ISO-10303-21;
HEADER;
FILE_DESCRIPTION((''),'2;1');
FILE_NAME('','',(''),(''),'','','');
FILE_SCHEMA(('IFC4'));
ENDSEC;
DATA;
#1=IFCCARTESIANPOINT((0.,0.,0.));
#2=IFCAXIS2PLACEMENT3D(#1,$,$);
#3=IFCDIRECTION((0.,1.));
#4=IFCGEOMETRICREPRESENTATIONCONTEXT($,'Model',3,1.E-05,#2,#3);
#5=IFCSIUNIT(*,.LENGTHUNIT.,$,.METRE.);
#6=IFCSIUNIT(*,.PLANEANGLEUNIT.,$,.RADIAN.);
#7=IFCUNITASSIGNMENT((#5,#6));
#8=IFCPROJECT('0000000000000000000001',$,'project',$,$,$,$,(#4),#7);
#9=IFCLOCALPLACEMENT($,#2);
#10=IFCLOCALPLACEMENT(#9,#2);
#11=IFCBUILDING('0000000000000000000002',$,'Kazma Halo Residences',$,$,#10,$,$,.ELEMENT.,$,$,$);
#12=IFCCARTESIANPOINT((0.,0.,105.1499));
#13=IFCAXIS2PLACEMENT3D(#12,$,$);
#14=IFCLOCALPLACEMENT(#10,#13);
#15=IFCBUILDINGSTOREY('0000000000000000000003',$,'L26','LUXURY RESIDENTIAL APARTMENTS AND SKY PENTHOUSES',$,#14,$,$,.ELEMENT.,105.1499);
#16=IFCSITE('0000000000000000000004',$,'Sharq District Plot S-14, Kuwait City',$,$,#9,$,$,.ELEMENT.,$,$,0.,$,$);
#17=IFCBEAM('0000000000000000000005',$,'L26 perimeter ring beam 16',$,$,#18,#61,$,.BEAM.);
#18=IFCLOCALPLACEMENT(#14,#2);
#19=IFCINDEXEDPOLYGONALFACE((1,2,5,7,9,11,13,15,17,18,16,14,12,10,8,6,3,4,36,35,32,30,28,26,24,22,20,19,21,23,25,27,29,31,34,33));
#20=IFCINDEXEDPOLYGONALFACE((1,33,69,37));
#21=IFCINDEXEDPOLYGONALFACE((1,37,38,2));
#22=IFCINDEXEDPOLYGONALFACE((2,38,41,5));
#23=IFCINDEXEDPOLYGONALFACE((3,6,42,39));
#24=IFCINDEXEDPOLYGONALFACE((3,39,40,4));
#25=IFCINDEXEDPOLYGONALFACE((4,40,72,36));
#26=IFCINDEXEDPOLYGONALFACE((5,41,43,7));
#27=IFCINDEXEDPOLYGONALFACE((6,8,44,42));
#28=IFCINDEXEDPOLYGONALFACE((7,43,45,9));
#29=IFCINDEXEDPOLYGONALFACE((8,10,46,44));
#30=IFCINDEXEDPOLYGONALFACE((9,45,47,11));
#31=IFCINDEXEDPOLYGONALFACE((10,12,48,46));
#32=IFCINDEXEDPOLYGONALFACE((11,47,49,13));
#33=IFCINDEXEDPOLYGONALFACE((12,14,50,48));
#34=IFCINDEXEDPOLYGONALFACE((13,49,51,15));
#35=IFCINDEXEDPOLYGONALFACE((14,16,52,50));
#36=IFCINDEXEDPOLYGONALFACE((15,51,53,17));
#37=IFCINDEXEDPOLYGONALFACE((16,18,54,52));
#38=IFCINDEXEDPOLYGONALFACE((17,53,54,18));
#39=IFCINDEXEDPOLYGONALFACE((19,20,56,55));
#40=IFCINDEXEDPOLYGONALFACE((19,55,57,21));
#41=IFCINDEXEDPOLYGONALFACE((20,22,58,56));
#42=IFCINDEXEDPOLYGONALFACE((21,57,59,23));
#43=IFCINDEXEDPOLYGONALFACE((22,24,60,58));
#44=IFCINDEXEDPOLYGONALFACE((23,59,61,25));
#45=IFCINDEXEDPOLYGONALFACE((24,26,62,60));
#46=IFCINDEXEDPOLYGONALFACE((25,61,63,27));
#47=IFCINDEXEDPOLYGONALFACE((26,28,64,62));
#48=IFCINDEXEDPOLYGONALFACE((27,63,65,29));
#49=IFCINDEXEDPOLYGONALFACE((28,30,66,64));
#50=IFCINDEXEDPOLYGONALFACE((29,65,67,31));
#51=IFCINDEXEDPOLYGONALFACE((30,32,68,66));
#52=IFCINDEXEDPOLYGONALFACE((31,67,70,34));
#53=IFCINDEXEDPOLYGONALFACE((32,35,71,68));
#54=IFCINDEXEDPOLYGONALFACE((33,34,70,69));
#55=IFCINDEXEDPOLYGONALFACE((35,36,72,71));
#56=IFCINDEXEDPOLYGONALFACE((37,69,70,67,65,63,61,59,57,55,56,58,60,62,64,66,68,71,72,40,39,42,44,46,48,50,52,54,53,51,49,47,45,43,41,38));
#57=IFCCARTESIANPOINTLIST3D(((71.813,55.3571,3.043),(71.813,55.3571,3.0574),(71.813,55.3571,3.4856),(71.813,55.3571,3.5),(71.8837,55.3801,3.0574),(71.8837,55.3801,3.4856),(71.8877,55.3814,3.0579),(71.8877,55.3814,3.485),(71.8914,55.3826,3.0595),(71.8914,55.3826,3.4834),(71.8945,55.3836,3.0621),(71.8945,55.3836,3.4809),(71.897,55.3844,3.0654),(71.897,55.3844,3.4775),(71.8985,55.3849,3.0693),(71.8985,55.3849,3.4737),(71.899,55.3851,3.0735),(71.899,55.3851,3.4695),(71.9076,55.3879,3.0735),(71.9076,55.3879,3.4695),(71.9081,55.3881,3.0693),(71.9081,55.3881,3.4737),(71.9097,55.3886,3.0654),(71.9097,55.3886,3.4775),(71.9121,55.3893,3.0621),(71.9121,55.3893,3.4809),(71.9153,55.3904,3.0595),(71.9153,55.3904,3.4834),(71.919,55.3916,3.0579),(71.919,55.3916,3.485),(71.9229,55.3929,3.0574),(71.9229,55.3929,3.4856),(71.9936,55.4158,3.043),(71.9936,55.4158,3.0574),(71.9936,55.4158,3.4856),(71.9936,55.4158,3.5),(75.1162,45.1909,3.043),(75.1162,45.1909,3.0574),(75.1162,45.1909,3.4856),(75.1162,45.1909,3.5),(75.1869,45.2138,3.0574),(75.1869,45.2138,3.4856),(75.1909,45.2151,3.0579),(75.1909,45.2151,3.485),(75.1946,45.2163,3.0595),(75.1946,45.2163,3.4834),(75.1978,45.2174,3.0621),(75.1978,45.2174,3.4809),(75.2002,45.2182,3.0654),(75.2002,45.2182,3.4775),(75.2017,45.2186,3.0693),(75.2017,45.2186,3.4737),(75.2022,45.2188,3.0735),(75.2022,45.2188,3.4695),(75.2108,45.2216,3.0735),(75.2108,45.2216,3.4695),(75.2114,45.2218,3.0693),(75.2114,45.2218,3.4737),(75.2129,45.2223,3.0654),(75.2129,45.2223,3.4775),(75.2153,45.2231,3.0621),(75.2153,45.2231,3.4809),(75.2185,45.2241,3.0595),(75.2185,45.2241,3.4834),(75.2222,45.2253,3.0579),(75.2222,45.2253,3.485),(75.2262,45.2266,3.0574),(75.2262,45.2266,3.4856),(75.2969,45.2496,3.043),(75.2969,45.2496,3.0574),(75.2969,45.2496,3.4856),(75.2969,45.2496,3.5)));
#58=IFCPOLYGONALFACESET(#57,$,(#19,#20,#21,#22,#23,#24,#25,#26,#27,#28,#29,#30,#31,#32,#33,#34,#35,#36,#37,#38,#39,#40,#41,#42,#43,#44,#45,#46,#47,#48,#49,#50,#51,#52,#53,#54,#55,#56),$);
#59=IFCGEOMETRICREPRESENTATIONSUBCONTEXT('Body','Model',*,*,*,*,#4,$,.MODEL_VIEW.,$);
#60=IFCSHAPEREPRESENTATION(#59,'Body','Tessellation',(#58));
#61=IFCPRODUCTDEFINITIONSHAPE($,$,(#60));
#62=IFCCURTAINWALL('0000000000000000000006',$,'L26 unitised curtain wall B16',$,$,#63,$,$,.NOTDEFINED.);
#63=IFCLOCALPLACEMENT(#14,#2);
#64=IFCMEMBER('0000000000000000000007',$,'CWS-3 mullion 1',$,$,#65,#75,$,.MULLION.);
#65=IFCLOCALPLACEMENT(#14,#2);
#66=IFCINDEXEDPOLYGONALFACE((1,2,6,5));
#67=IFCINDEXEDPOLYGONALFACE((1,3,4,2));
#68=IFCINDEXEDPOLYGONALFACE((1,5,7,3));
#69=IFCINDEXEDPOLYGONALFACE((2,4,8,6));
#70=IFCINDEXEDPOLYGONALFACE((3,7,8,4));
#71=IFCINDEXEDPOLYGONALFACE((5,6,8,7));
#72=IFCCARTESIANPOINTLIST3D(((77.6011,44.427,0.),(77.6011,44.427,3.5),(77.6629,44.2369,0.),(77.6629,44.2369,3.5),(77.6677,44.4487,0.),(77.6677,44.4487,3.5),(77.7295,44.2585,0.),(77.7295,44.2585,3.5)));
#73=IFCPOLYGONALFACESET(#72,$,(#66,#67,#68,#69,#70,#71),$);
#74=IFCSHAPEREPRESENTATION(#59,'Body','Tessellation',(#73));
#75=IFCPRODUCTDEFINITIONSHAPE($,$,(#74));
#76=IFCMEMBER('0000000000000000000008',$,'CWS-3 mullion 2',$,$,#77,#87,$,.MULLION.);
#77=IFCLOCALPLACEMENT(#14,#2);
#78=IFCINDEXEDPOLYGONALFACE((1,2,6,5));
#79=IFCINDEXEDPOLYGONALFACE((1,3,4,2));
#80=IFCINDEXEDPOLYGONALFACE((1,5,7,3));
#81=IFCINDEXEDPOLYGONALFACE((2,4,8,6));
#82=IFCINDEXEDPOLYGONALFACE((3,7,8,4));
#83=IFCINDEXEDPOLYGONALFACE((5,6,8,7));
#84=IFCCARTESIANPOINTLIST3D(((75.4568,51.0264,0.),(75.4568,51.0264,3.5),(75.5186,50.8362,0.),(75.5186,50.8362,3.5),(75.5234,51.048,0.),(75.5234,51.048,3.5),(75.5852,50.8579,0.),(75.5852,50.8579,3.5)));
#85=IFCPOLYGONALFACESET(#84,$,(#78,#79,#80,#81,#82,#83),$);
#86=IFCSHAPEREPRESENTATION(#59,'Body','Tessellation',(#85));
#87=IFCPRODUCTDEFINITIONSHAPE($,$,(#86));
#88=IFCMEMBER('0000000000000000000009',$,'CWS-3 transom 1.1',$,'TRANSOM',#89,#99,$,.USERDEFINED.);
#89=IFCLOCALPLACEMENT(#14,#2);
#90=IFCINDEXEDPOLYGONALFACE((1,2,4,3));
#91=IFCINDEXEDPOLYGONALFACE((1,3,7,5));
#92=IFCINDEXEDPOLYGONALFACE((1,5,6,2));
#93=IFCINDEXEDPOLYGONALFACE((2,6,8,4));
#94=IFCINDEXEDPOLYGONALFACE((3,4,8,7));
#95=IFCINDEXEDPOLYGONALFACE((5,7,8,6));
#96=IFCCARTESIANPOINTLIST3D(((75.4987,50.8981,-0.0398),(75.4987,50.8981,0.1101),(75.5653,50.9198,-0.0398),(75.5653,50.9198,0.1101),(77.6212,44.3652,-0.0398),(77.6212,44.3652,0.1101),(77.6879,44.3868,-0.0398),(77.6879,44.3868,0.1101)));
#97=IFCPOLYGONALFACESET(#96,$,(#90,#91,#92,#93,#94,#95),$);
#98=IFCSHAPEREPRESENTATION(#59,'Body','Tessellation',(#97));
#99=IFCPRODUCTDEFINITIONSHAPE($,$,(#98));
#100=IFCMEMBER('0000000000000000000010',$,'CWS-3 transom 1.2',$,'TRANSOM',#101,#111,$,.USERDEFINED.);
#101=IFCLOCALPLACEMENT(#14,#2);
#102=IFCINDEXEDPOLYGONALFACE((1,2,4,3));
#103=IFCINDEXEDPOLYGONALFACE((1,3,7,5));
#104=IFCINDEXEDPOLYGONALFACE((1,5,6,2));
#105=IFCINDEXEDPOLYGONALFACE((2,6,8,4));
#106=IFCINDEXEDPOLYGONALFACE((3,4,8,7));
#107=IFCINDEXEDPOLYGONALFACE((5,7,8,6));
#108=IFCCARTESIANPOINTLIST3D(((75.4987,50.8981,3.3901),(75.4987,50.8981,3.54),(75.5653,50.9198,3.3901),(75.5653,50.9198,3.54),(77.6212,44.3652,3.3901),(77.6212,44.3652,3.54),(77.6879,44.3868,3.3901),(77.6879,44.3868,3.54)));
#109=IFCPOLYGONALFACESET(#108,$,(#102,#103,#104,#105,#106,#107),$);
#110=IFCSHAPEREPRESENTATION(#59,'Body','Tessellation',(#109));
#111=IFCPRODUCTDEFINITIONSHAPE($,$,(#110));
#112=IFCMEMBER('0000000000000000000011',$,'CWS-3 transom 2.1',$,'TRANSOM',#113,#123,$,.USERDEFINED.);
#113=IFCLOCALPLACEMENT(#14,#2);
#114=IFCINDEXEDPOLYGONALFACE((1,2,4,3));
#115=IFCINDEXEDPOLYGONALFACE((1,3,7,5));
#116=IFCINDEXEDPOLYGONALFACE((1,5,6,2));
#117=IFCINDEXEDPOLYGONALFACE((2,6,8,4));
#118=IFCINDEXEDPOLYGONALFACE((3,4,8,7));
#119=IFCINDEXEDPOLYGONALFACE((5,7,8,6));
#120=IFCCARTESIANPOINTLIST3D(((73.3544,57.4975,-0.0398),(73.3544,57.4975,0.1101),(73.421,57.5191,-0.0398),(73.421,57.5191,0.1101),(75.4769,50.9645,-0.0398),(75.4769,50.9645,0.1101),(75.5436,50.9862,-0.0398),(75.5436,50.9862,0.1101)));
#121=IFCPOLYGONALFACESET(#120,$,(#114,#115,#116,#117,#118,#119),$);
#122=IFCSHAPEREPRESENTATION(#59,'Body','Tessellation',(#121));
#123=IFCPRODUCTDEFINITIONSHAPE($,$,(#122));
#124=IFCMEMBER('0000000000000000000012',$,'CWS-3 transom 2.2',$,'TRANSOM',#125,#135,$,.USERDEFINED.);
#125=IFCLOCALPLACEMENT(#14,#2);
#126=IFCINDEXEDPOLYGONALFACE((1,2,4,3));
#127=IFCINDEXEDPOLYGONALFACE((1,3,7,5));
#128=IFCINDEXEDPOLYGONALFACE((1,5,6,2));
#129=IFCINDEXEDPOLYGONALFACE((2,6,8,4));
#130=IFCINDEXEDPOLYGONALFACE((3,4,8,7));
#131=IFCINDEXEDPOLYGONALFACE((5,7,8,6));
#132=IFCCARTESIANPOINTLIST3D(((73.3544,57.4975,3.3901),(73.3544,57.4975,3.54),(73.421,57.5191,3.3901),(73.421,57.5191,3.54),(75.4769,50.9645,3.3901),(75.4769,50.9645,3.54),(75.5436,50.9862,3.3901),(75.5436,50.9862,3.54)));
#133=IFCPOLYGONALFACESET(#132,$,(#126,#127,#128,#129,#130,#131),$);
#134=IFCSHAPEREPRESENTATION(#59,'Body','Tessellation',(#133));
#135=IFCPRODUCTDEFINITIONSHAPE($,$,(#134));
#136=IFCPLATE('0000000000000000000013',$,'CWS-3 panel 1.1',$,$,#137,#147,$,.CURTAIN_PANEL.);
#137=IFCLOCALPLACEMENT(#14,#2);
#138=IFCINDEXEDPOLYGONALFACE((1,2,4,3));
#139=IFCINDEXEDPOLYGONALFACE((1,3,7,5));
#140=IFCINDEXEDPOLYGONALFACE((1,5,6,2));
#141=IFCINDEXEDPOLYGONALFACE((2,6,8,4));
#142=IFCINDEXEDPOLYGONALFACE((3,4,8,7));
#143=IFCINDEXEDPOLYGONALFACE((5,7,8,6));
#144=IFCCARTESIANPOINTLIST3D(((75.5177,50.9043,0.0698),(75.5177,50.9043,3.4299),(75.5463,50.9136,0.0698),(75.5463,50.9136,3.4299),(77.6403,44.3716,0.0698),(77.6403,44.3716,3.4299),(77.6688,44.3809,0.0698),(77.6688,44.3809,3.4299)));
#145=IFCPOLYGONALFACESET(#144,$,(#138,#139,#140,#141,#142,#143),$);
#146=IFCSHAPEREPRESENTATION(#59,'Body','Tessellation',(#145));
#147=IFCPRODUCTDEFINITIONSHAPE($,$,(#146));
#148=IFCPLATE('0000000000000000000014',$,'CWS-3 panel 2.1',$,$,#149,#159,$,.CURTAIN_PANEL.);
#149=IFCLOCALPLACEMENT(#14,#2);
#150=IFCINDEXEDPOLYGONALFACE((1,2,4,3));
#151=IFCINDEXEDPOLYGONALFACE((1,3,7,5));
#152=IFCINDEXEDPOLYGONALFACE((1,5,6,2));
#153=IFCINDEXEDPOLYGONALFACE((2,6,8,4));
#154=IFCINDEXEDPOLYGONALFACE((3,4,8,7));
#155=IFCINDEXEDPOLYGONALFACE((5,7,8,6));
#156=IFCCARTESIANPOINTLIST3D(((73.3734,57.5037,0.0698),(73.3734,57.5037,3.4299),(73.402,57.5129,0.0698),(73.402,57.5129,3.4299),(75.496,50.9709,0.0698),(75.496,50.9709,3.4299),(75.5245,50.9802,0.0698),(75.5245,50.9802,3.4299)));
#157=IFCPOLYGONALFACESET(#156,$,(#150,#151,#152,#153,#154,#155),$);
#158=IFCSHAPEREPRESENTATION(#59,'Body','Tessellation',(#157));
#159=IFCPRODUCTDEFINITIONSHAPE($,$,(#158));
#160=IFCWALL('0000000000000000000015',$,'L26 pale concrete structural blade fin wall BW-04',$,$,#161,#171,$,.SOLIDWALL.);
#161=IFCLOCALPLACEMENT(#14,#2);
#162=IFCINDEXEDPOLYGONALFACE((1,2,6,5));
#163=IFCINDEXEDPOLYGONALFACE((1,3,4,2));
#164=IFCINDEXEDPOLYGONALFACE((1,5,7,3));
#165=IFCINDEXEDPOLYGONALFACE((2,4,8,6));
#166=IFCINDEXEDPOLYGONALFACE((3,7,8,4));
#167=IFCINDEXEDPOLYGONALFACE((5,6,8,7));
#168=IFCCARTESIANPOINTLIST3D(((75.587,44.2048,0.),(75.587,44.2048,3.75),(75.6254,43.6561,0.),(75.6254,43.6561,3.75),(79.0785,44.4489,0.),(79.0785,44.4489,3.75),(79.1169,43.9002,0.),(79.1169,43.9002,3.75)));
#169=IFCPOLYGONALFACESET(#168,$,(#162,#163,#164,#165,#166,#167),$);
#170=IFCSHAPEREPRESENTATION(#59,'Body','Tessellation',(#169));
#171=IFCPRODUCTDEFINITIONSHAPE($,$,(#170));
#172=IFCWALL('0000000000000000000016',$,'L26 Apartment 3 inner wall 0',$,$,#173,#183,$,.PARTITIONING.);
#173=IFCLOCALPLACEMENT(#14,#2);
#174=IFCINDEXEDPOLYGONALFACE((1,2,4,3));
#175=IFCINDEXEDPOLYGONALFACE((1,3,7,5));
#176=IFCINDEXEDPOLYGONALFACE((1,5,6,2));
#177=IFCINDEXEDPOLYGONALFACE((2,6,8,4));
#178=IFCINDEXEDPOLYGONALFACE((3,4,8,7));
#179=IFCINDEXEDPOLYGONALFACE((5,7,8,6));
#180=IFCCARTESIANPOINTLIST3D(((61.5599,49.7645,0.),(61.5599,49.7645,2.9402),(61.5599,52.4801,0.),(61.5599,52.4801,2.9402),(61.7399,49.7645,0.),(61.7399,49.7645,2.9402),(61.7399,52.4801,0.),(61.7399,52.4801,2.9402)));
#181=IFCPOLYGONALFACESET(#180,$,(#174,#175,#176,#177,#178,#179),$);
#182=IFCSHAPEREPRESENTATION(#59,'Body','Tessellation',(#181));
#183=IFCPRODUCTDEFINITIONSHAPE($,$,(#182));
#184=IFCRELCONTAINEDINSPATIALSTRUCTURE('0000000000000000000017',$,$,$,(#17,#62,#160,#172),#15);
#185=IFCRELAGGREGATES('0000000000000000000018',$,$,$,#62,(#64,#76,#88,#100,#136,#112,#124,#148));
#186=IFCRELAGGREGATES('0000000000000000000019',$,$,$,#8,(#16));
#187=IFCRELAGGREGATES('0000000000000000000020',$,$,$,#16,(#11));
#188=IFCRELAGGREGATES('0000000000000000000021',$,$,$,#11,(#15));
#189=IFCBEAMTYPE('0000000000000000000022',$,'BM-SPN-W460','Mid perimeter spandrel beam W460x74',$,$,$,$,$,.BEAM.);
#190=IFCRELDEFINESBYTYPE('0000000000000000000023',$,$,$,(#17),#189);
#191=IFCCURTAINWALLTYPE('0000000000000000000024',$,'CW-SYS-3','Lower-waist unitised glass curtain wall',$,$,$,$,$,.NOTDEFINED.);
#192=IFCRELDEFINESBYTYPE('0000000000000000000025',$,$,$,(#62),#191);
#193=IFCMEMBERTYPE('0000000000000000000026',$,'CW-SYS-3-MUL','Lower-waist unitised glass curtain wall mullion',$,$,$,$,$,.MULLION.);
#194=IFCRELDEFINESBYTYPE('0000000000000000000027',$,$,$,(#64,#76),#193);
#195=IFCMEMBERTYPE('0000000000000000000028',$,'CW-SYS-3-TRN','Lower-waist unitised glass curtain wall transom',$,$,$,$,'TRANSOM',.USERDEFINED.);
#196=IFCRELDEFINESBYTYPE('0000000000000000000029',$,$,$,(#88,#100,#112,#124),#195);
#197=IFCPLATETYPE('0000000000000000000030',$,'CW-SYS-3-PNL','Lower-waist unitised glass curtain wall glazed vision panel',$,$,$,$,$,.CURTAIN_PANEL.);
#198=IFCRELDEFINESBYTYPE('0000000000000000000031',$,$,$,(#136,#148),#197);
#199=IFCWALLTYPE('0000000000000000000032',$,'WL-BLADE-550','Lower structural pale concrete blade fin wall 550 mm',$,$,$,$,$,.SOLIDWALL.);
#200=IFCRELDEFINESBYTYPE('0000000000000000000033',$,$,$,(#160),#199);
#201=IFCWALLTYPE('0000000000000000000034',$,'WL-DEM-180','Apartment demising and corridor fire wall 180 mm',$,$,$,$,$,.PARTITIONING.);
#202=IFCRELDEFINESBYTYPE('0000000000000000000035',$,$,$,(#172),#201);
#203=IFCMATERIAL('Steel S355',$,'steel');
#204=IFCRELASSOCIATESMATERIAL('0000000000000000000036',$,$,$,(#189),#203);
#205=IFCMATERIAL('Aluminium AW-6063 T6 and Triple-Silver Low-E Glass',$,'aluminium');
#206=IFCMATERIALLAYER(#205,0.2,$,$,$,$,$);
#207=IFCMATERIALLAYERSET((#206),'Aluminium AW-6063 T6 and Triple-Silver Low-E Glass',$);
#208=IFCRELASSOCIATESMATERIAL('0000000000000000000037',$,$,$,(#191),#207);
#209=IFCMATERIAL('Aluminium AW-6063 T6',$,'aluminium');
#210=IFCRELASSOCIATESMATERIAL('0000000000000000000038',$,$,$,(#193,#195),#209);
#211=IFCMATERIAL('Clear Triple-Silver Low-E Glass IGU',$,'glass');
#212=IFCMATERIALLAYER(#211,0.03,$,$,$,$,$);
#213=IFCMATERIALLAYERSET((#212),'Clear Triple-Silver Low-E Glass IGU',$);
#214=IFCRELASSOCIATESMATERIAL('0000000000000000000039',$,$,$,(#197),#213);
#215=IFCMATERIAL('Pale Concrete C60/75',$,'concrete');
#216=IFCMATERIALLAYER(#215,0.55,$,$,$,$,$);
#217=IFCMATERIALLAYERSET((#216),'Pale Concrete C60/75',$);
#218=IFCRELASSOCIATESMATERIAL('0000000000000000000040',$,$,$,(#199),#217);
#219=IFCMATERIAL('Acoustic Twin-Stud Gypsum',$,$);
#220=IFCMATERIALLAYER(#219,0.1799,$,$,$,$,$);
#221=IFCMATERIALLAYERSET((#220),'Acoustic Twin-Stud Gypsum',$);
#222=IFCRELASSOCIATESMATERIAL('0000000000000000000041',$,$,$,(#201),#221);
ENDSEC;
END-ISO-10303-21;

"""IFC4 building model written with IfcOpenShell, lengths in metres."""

from ifc_helpers import new_model, si_unit, direction, frame, frame_2d, origin, origin_2d, place, context, subcontext, project, spatial, rectangle, i_section, extrude, material, layer, layer_set, material_profile, profile_set, type_object, element, aggregate, save


model = new_model("IFC4")

# Units and contexts
model_context = context("Model", 3, precision=1e-05, world=origin(), true_north=direction((0.0, 1.0)))
body_context = subcontext(model_context, "Body", "Model", "MODEL_VIEW")
ifc_project = project(units=[si_unit("LENGTHUNIT", "METRE"), si_unit("PLANEANGLEUNIT", "RADIAN")], contexts=[model_context])

# Site, building, storey
site_placement = place(None, origin())
site = spatial("IfcSite", under=ifc_project, at=site_placement, Name="Sharq District Plot S-14, Kuwait City", CompositionType="ELEMENT", RefElevation=0.0)
building_placement = place(site_placement, origin())
building = spatial("IfcBuilding", under=site, at=building_placement, Name="Kazma Halo Residences", CompositionType="ELEMENT")
storey_placement = place(building_placement, frame((0.0, 0.0, 105.1499)))
storey = spatial("IfcBuildingStorey", under=building, at=storey_placement, Name="L26", Description="LUXURY RESIDENTIAL APARTMENTS AND SKY PENTHOUSES", CompositionType="ELEMENT", Elevation=105.1499)

# Beam
ifc_material_1 = material(Name="Steel S355", Category="steel")
ifc_material_profile_1 = material_profile(ifc_material_1, i_section(OverallWidth=0.1899, OverallDepth=0.457, WebThickness=0.009, FlangeThickness=0.0144, FilletRadius=0.0161, at=origin_2d()), Name="W460x74")
ifc_profile_set_1 = profile_set([ifc_material_profile_1], Name="Steel S355")
beam_type_1 = type_object("IfcBeamType", Name="BM-SPN-W460", Description="Mid perimeter spandrel beam W460x74", PredefinedType="BEAM", material=ifc_profile_set_1)
beam_1_placement = place(storey_placement, frame((75.2065, 45.2202, 3.2715), z_axis=(-0.309017, 0.951056, 0.0), x_axis=(-0.951056, -0.309017, 0.0)))
element("IfcBeam", 1, at=beam_1_placement, inside=storey, type_object=beam_type_1, Name="L26 perimeter ring beam 16", PredefinedType="BEAM", context=body_context, shape_type="SweptSolid", body=[
    extrude(i_section(OverallWidth=0.1899, OverallDepth=0.457, WebThickness=0.009, FlangeThickness=0.0144, FilletRadius=0.0161, at=origin_2d()), origin(), (0.0, 0.0, 1.0), 10.6895),
])

# Curtain wall, members, plates
ifc_material_2 = material(Name="Aluminium AW-6063 T6 and Triple-Silver Low-E Glass", Category="aluminium")
ifc_layer_1 = layer(ifc_material_2, 0.2)
ifc_layer_set_1 = layer_set([ifc_layer_1], Name="Aluminium AW-6063 T6 and Triple-Silver Low-E Glass")
curtain_wall_type = type_object("IfcCurtainWallType", Name="CW-SYS-3", Description="Lower-waist unitised glass curtain wall", PredefinedType="NOTDEFINED", material=ifc_layer_set_1)
curtain_wall_placement = place(storey_placement, origin())
curtain_wall = element("IfcCurtainWall", 2, at=curtain_wall_placement, inside=storey, type_object=curtain_wall_type, Name="L26 unitised curtain wall B16", PredefinedType="NOTDEFINED")
ifc_material_3 = material(Name="Aluminium AW-6063 T6", Category="aluminium")
ifc_material_profile_2 = material_profile(ifc_material_3, rectangle(XDim=0.0701, YDim=0.2, at=origin_2d()), Name="CWM-70x200")
ifc_profile_set_2 = profile_set([ifc_material_profile_2], Name="Aluminium AW-6063 T6")
member_type_1 = type_object("IfcMemberType", Name="CW-SYS-3-MUL", Description="Lower-waist unitised glass curtain wall mullion", PredefinedType="MULLION", material=ifc_profile_set_2)
member_1_placement = place(storey_placement, frame((77.6653, 44.3428, 0.0), z_axis=(0.0, 0.0, 1.0), x_axis=(-0.951058, -0.309013, 0.0)))
member_1 = element("IfcMember", 3, at=member_1_placement, type_object=member_type_1, Name="CWS-3 mullion 1", PredefinedType="MULLION", context=body_context, shape_type="SweptSolid", body=[
    extrude(rectangle(XDim=0.0701, YDim=0.2, at=origin_2d()), origin(), (0.0, 0.0, 1.0), 3.5),
])
member_2_placement = place(storey_placement, frame((75.521, 50.9421, 0.0), z_axis=(0.0, 0.0, 1.0), x_axis=(-0.951058, -0.309013, 0.0)))
member_2 = element("IfcMember", 4, at=member_2_placement, type_object=member_type_1, Name="CWS-3 mullion 2", PredefinedType="MULLION", context=body_context, shape_type="SweptSolid", body=[
    extrude(rectangle(XDim=0.0701, YDim=0.2, at=origin_2d()), origin(), (0.0, 0.0, 1.0), 3.5),
])
ifc_material_profile_3 = material_profile(ifc_material_3, rectangle(XDim=0.0701, YDim=0.1499, at=origin_2d()), Name="CWT-70x150")
ifc_profile_set_3 = profile_set([ifc_material_profile_3], Name="Aluminium AW-6063 T6")
member_type_2 = type_object("IfcMemberType", Name="CW-SYS-3-TRN", Description="Lower-waist unitised glass curtain wall transom", ElementType="TRANSOM", PredefinedType="USERDEFINED", material=ifc_profile_set_3)
member_3_placement = place(storey_placement, frame((77.6545, 44.376, 0.0352), z_axis=(-0.309, 0.951062, 0.0), x_axis=(-0.951062, -0.309, 0.0)))
member_3 = element("IfcMember", 5, at=member_3_placement, type_object=member_type_2, Name="CWS-3 transom 1.1", ObjectType="TRANSOM", PredefinedType="USERDEFINED", context=body_context, shape_type="SweptSolid", body=[
    extrude(rectangle(XDim=0.0701, YDim=0.1499, at=origin_2d()), origin(), (0.0, 0.0, 1.0), 6.8691),
])
member_4_placement = place(storey_placement, frame((77.6545, 44.376, 3.4651), z_axis=(-0.309, 0.951062, 0.0), x_axis=(-0.951062, -0.309, 0.0)))
member_4 = element("IfcMember", 6, at=member_4_placement, type_object=member_type_2, Name="CWS-3 transom 1.2", ObjectType="TRANSOM", PredefinedType="USERDEFINED", context=body_context, shape_type="SweptSolid", body=[
    extrude(rectangle(XDim=0.0701, YDim=0.1499, at=origin_2d()), origin(), (0.0, 0.0, 1.0), 6.8691),
])
member_5_placement = place(storey_placement, frame((75.5103, 50.9753, 0.0352), z_axis=(-0.309, 0.951062, 0.0), x_axis=(-0.951062, -0.309, 0.0)))
member_5 = element("IfcMember", 7, at=member_5_placement, type_object=member_type_2, Name="CWS-3 transom 2.1", ObjectType="TRANSOM", PredefinedType="USERDEFINED", context=body_context, shape_type="SweptSolid", body=[
    extrude(rectangle(XDim=0.0701, YDim=0.1499, at=origin_2d()), origin(), (0.0, 0.0, 1.0), 6.8691),
])
member_6_placement = place(storey_placement, frame((75.5103, 50.9753, 3.4651), z_axis=(-0.309, 0.951062, 0.0), x_axis=(-0.951062, -0.309, 0.0)))
member_6 = element("IfcMember", 8, at=member_6_placement, type_object=member_type_2, Name="CWS-3 transom 2.2", ObjectType="TRANSOM", PredefinedType="USERDEFINED", context=body_context, shape_type="SweptSolid", body=[
    extrude(rectangle(XDim=0.0701, YDim=0.1499, at=origin_2d()), origin(), (0.0, 0.0, 1.0), 6.8691),
])
ifc_material_4 = material(Name="Clear Triple-Silver Low-E Glass IGU", Category="glass")
ifc_layer_2 = layer(ifc_material_4, 0.03)
ifc_layer_set_2 = layer_set([ifc_layer_2], Name="Clear Triple-Silver Low-E Glass IGU")
plate_type = type_object("IfcPlateType", Name="CW-SYS-3-PNL", Description="Lower-waist unitised glass curtain wall glazed vision panel", PredefinedType="CURTAIN_PANEL", material=ifc_layer_set_2)
plate_1_placement = place(storey_placement, frame((76.5933, 47.6426, 0.0698), z_axis=(0.0, 0.0, 1.0), x_axis=(-0.309013, 0.951058, 0.0)))
plate_1 = element("IfcPlate", 9, at=plate_1_placement, type_object=plate_type, Name="CWS-3 panel 1.1", PredefinedType="CURTAIN_PANEL", context=body_context, shape_type="SweptSolid", body=[
    extrude(rectangle(XDim=6.8689, YDim=0.03, at=origin_2d()), origin(), (0.0, 0.0, 1.0), 3.3601),
])
plate_2_placement = place(storey_placement, frame((74.449, 54.2419, 0.0698), z_axis=(0.0, 0.0, 1.0), x_axis=(-0.309013, 0.951058, 0.0)))
plate_2 = element("IfcPlate", 10, at=plate_2_placement, type_object=plate_type, Name="CWS-3 panel 2.1", PredefinedType="CURTAIN_PANEL", context=body_context, shape_type="SweptSolid", body=[
    extrude(rectangle(XDim=6.8689, YDim=0.03, at=origin_2d()), origin(), (0.0, 0.0, 1.0), 3.3601),
])
aggregate(curtain_wall, [member_1, member_2, member_3, member_4, plate_1, member_5, member_6, plate_2])

# Walls
ifc_material_5 = material(Name="Pale Concrete C60/75", Category="concrete")
ifc_layer_3 = layer(ifc_material_5, 0.55)
ifc_layer_set_3 = layer_set([ifc_layer_3], Name="Pale Concrete C60/75")
wall_type_1 = type_object("IfcWallType", Name="WL-BLADE-550", Description="Lower structural pale concrete blade fin wall 550 mm", PredefinedType="SOLIDWALL", material=ifc_layer_set_3)
wall_1_placement = place(storey_placement, frame((75.6062, 43.9304, 0.0), z_axis=(0.0, 0.0, 1.0), x_axis=(0.997564, 0.069755, 0.0)))
element("IfcWall", 11, at=wall_1_placement, inside=storey, type_object=wall_type_1, Name="L26 pale concrete structural blade fin wall BW-04", PredefinedType="SOLIDWALL", context=body_context, shape_type="SweptSolid", body=[
    extrude(rectangle(XDim=3.5, YDim=0.55, at=frame_2d((1.75, 0.0))), origin(), (0.0, 0.0, 1.0), 3.75),
])
ifc_material_6 = material(Name="Acoustic Twin-Stud Gypsum")
ifc_layer_4 = layer(ifc_material_6, 0.1799)
ifc_layer_set_4 = layer_set([ifc_layer_4], Name="Acoustic Twin-Stud Gypsum")
wall_type_2 = type_object("IfcWallType", Name="WL-DEM-180", Description="Apartment demising and corridor fire wall 180 mm", PredefinedType="PARTITIONING", material=ifc_layer_set_4)
wall_2_placement = place(storey_placement, frame((61.6499, 49.7644, 0.0), z_axis=(0.0, 0.0, 1.0), x_axis=(0.0, 1.0, 0.0)))
element("IfcWall", 12, at=wall_2_placement, inside=storey, type_object=wall_type_2, Name="L26 Apartment 3 inner wall 0", PredefinedType="PARTITIONING", context=body_context, shape_type="SweptSolid", body=[
    extrude(rectangle(XDim=2.7156, YDim=0.1799, at=frame_2d((1.3579, 0.0))), origin(), (0.0, 0.0, 1.0), 2.9402),
])

save(model, "model.ifc")
